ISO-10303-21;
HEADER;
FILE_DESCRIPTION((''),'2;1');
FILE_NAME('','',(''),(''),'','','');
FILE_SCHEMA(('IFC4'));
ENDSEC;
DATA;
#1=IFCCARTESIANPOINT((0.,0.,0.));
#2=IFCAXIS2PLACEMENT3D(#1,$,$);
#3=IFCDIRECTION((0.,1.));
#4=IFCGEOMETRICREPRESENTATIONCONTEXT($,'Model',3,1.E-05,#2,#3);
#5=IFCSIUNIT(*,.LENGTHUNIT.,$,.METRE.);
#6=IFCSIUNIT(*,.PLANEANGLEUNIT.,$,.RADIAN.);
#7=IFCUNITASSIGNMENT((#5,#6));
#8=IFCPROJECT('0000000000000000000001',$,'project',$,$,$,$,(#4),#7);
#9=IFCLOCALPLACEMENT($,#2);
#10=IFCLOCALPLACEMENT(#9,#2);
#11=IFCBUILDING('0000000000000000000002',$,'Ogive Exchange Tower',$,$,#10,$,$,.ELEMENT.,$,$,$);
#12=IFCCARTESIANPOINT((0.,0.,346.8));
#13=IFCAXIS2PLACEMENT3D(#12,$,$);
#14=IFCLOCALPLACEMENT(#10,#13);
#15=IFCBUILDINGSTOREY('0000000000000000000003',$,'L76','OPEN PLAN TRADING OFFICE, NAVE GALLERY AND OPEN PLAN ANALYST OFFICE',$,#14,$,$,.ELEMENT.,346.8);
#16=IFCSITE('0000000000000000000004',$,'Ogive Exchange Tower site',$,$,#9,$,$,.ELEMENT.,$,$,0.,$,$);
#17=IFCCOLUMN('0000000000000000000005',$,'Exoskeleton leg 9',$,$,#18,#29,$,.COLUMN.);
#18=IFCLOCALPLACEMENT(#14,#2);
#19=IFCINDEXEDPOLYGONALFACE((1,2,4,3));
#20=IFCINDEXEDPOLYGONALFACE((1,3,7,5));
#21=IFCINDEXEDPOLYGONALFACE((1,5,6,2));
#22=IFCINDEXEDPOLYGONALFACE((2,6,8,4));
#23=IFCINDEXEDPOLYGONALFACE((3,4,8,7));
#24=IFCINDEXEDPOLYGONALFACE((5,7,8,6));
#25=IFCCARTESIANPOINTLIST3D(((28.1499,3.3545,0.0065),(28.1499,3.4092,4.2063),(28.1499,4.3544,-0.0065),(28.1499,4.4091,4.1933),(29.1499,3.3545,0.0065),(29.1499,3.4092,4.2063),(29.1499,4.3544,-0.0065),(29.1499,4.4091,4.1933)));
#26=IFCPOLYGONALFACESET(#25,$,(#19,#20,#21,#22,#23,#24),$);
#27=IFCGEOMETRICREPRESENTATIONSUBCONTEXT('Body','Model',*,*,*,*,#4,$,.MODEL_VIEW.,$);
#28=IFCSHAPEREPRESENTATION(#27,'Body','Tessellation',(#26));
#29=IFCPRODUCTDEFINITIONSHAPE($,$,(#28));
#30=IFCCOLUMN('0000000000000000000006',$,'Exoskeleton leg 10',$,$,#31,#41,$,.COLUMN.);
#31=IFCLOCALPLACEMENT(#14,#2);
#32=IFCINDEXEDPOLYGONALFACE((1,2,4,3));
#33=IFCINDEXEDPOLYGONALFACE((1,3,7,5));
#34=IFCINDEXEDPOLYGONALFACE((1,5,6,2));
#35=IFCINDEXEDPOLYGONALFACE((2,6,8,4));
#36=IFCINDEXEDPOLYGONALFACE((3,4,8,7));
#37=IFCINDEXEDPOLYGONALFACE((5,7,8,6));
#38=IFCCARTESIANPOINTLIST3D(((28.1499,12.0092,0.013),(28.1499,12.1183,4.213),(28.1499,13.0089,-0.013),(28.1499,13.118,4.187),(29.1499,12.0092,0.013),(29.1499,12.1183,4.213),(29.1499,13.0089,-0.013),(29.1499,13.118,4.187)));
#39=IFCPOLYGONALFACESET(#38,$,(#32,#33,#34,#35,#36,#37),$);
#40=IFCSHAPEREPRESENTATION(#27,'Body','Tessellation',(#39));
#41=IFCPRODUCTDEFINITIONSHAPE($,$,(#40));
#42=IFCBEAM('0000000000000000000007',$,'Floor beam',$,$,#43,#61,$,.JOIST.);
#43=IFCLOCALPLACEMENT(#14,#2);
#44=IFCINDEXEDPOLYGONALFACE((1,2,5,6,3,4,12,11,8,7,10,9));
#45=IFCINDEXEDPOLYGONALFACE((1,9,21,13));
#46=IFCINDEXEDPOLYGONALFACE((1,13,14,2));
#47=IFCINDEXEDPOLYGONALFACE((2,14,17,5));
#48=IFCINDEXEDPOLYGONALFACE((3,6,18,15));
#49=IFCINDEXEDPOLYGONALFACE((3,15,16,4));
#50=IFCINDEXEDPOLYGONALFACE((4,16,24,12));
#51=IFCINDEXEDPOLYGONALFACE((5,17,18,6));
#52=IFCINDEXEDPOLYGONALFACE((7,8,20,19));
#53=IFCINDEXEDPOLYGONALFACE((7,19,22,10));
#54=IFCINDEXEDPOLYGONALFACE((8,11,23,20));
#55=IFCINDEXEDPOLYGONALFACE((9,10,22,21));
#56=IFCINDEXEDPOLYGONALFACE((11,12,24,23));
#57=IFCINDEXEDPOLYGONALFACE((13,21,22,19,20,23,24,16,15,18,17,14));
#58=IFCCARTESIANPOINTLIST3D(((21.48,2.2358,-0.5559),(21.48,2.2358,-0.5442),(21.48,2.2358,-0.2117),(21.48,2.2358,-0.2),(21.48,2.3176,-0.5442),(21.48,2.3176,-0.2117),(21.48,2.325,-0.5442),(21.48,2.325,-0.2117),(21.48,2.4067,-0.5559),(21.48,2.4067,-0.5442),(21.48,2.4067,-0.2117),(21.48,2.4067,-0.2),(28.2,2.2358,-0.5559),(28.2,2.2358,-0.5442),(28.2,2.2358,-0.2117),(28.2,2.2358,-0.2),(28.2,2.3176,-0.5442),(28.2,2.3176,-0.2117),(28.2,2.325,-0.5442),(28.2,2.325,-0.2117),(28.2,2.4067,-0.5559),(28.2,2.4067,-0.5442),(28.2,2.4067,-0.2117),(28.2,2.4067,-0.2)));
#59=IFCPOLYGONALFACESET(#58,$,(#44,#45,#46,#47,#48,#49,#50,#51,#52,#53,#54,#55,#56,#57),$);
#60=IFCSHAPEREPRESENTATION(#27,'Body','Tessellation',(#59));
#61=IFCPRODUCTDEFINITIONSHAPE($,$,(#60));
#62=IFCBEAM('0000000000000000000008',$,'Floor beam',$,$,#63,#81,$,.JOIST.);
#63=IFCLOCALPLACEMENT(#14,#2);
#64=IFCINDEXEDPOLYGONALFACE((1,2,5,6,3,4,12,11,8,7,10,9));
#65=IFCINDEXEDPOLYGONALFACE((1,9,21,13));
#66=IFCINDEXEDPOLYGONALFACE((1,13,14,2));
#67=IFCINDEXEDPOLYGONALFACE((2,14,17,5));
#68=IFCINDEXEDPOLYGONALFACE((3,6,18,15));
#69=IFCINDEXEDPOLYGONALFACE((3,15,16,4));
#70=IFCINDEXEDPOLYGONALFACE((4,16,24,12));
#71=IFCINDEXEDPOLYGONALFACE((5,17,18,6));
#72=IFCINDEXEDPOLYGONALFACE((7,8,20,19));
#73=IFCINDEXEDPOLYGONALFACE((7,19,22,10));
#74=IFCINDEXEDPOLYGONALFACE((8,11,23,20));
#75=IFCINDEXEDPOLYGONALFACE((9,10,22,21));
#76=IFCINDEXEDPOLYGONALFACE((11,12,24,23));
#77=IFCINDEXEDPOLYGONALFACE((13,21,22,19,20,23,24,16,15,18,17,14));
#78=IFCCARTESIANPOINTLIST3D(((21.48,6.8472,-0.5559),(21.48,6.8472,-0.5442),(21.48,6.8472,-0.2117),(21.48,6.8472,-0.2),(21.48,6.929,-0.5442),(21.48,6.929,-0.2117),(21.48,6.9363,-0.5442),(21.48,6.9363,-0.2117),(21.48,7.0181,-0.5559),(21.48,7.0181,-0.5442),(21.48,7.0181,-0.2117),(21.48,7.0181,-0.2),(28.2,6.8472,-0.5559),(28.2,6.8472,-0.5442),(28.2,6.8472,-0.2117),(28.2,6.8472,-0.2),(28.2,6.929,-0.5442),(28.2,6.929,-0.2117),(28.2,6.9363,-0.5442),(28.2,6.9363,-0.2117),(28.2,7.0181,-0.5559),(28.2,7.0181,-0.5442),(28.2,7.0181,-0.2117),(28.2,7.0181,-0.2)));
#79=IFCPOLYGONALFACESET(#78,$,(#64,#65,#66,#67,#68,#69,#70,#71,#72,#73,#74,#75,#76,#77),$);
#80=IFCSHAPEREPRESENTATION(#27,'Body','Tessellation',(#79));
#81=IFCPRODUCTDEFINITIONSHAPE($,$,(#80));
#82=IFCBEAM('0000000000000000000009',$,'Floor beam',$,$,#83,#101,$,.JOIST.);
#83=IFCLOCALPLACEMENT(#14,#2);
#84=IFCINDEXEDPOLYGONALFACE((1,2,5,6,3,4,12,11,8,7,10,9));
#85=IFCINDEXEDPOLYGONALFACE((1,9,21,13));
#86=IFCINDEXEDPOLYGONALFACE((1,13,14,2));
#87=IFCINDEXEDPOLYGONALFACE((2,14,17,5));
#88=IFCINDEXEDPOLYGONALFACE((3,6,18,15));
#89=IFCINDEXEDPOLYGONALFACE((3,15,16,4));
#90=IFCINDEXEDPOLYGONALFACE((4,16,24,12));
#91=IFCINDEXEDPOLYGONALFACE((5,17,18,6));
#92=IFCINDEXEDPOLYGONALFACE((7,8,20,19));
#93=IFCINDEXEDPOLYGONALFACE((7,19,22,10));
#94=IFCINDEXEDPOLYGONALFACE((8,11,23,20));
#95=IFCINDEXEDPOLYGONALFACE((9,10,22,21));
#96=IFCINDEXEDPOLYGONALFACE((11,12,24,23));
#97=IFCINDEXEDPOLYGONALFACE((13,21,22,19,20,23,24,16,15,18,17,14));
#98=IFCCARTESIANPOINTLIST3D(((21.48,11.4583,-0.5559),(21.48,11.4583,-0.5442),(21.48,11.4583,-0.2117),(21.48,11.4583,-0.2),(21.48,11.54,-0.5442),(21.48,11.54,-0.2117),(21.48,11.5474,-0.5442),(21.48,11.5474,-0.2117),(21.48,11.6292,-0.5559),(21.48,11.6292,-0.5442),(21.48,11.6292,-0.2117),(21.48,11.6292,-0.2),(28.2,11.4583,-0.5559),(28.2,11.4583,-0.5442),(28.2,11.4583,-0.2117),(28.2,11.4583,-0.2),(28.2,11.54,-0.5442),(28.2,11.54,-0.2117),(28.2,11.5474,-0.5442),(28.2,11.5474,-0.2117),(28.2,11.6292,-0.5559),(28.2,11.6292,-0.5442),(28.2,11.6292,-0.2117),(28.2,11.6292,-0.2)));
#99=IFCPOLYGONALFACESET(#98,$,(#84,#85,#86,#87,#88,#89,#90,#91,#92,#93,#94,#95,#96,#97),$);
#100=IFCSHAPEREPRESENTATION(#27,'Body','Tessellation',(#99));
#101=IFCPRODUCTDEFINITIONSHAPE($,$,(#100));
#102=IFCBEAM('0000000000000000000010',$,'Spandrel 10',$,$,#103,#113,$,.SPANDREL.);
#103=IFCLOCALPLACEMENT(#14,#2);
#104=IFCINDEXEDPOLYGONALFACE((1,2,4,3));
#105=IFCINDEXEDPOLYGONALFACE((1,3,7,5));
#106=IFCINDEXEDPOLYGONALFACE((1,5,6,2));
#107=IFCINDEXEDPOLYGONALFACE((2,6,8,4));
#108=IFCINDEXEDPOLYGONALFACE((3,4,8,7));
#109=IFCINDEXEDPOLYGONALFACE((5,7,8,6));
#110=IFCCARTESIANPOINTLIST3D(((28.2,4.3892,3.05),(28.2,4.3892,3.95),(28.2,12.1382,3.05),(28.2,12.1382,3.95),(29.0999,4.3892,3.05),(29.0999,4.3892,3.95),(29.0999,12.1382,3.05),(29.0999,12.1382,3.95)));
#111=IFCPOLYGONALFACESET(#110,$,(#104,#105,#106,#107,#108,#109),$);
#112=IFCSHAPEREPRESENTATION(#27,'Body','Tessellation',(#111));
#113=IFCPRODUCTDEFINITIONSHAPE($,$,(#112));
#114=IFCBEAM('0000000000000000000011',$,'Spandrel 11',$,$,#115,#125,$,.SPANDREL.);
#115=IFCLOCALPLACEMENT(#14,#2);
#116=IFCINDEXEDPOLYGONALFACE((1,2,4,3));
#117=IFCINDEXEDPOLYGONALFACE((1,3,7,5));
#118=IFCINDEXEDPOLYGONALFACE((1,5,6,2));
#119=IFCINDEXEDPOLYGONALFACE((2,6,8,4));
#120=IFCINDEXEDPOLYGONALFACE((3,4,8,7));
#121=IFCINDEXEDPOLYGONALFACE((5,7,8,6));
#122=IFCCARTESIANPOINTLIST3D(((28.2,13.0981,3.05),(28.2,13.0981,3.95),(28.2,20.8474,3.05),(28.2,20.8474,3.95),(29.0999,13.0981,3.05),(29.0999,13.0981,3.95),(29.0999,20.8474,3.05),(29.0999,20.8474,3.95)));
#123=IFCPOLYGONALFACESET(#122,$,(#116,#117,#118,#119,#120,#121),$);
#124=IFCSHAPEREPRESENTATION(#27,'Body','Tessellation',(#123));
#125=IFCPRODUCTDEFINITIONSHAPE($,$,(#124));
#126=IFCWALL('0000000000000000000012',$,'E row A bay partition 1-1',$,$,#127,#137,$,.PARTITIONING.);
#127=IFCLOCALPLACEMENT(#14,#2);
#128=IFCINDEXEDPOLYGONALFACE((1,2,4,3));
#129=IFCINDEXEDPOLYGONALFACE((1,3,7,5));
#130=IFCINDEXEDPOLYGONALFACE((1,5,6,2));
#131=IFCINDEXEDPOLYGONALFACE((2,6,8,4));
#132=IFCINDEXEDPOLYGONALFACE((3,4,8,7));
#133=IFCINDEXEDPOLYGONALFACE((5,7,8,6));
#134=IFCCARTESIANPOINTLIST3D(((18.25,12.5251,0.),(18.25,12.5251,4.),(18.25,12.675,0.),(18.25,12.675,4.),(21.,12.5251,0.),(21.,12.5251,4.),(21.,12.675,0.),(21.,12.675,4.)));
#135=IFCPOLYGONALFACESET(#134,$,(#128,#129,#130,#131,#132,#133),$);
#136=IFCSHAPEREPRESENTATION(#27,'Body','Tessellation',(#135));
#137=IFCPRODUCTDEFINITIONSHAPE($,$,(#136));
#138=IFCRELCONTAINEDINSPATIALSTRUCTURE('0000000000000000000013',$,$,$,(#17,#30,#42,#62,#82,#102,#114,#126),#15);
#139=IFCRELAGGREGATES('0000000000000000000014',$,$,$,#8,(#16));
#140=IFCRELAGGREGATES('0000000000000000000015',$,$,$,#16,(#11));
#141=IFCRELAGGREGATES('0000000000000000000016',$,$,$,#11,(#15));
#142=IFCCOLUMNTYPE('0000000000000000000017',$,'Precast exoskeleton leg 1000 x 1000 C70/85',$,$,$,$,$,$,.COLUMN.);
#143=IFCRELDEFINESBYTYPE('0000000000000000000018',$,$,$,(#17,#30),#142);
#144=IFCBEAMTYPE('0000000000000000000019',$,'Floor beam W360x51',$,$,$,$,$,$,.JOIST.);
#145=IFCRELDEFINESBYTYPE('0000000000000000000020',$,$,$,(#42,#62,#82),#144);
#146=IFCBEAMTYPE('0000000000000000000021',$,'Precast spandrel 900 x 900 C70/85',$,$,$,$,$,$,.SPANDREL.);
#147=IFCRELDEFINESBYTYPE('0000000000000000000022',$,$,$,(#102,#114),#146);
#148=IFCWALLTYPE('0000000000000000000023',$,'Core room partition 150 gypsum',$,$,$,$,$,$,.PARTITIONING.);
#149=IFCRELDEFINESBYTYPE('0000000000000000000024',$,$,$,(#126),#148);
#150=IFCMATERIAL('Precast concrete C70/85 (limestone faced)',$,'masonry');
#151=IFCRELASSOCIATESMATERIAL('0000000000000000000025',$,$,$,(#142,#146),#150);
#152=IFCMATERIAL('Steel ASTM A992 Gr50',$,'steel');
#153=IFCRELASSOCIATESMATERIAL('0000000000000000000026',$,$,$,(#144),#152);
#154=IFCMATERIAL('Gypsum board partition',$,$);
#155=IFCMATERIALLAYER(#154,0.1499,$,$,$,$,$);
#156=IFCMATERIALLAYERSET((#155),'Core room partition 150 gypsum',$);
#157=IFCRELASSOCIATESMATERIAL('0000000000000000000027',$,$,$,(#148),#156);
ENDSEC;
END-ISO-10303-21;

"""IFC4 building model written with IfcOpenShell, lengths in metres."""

from ifc_helpers import new_model, si_unit, direction, frame, frame_2d, origin, origin_2d, place, context, subcontext, project, spatial, rectangle, i_section, extrude, material, layer, layer_set, material_profile, profile_set, type_object, element, save


model = new_model("IFC4")

# Units and contexts
model_context = context("Model", 3, precision=1e-05, world=origin(), true_north=direction((0.0, 1.0)))
body_context = subcontext(model_context, "Body", "Model", "MODEL_VIEW")
ifc_project = project(units=[si_unit("LENGTHUNIT", "METRE"), si_unit("PLANEANGLEUNIT", "RADIAN")], contexts=[model_context])

# Site, building, storey
site_placement = place(None, origin())
site = spatial("IfcSite", under=ifc_project, at=site_placement, Name="Ogive Exchange Tower site", CompositionType="ELEMENT", RefElevation=0.0)
building_placement = place(site_placement, origin())
building = spatial("IfcBuilding", under=site, at=building_placement, Name="Ogive Exchange Tower", CompositionType="ELEMENT")
storey_placement = place(building_placement, frame((0.0, 0.0, 346.8)))
storey = spatial("IfcBuildingStorey", under=building, at=storey_placement, Name="L76", Description="OPEN PLAN TRADING OFFICE, NAVE GALLERY AND OPEN PLAN ANALYST OFFICE", CompositionType="ELEMENT", Elevation=346.8)

# Columns
ifc_material_1 = material(Name="Precast concrete C70/85 (limestone faced)", Category="masonry")
ifc_material_profile_1 = material_profile(ifc_material_1, rectangle(XDim=1.0, YDim=1.0, at=origin_2d()), Name="1000 x 1000")
ifc_profile_set_1 = profile_set([ifc_material_profile_1], Name="Precast concrete C70/85 (limestone faced)")
column_type = type_object("IfcColumnType", Name="Precast exoskeleton leg 1000 x 1000 C70/85", PredefinedType="COLUMN", material=ifc_profile_set_1)
column_1_placement = place(storey_placement, frame((28.6499, 3.8545, 0.0), z_axis=(0.0, 0.01302, 0.999915), x_axis=(-1.0, 0.0, 0.0)))
element("IfcColumn", 1, at=column_1_placement, inside=storey, type_object=column_type, Name="Exoskeleton leg 9", PredefinedType="COLUMN", context=body_context, shape_type="SweptSolid", body=[
    extrude(rectangle(XDim=1.0, YDim=1.0, at=origin_2d()), origin(), (0.0, 0.0, 1.0), 4.2002),
])
column_2_placement = place(storey_placement, frame((28.6499, 12.509, 0.0), z_axis=(0.0, 0.025975, 0.999663), x_axis=(-1.0, 0.0, 0.0)))
element("IfcColumn", 2, at=column_2_placement, inside=storey, type_object=column_type, Name="Exoskeleton leg 10", PredefinedType="COLUMN", context=body_context, shape_type="SweptSolid", body=[
    extrude(rectangle(XDim=1.0, YDim=1.0, at=origin_2d()), origin(), (0.0, 0.0, 1.0), 4.2014),
])

# Beams
ifc_material_2 = material(Name="Steel ASTM A992 Gr50", Category="steel")
ifc_material_profile_2 = material_profile(ifc_material_2, i_section(OverallWidth=0.1709, OverallDepth=0.356, WebThickness=0.0073, FlangeThickness=0.0117, at=origin_2d()), Name="W360x51")
ifc_profile_set_2 = profile_set([ifc_material_profile_2], Name="Steel ASTM A992 Gr50")
beam_type_1 = type_object("IfcBeamType", Name="Floor beam W360x51", PredefinedType="JOIST", material=ifc_profile_set_2)
for number, where, z_axis, x_axis, name in (
    (3, (21.48, 2.3213, -0.3779), (1.0, 0.0, 0.0), (0.0, 1.0, 0.0), "Floor beam"),
    (4, (21.48, 6.9326, -0.3779), (1.0, 0.0, 0.0), (0.0, 1.0, 0.0), "Floor beam"),
    (5, (21.48, 11.5437, -0.3779), (1.0, 0.0, 0.0), (0.0, 1.0, 0.0), "Floor beam"),
):
    element("IfcBeam", number, at=place(storey_placement, frame(where, z_axis=z_axis, x_axis=x_axis)), inside=storey, type_object=beam_type_1, Name=name, PredefinedType="JOIST", context=body_context, shape_type="SweptSolid", body=[
        extrude(i_section(OverallWidth=0.1709, OverallDepth=0.356, WebThickness=0.0073, FlangeThickness=0.0117, at=origin_2d()), origin(), (0.0, 0.0, 1.0), 6.72),
    ])
ifc_material_profile_3 = material_profile(ifc_material_1, rectangle(XDim=0.8999, YDim=0.8999, at=origin_2d()), Name="900 x 900")
ifc_profile_set_3 = profile_set([ifc_material_profile_3], Name="Precast concrete C70/85 (limestone faced)")
beam_type_2 = type_object("IfcBeamType", Name="Precast spandrel 900 x 900 C70/85", PredefinedType="SPANDREL", material=ifc_profile_set_3)
beam_1_placement = place(storey_placement, frame((28.6499, 4.3892, 3.5), z_axis=(0.0, 1.0, 0.0), x_axis=(-1.0, 0.0, 0.0)))
element("IfcBeam", 6, at=beam_1_placement, inside=storey, type_object=beam_type_2, Name="Spandrel 10", PredefinedType="SPANDREL", context=body_context, shape_type="SweptSolid", body=[
    extrude(rectangle(XDim=0.8999, YDim=0.8999, at=origin_2d()), origin(), (0.0, 0.0, 1.0), 7.749),
])
beam_2_placement = place(storey_placement, frame((28.6499, 13.0981, 3.5), z_axis=(0.0, 1.0, 0.0), x_axis=(-1.0, 0.0, 0.0)))
element("IfcBeam", 7, at=beam_2_placement, inside=storey, type_object=beam_type_2, Name="Spandrel 11", PredefinedType="SPANDREL", context=body_context, shape_type="SweptSolid", body=[
    extrude(rectangle(XDim=0.8999, YDim=0.8999, at=origin_2d()), origin(), (0.0, 0.0, 1.0), 7.7493),
])

# Wall
ifc_material_3 = material(Name="Gypsum board partition")
ifc_layer_1 = layer(ifc_material_3, 0.1499)
ifc_layer_set_1 = layer_set([ifc_layer_1], Name="Core room partition 150 gypsum")
wall_type_1 = type_object("IfcWallType", Name="Core room partition 150 gypsum", PredefinedType="PARTITIONING", material=ifc_layer_set_1)
wall_1_placement = place(storey_placement, frame((18.25, 12.6001, 0.0), z_axis=(0.0, 0.0, 1.0), x_axis=(1.0, 0.0, 0.0)))
element("IfcWall", 8, at=wall_1_placement, inside=storey, type_object=wall_type_1, Name="E row A bay partition 1-1", PredefinedType="PARTITIONING", context=body_context, shape_type="SweptSolid", body=[
    extrude(rectangle(XDim=2.75, YDim=0.1499, at=frame_2d((1.375, 0.0))), origin(), (0.0, 0.0, 1.0), 4.0),
])

save(model, "model.ifc")
